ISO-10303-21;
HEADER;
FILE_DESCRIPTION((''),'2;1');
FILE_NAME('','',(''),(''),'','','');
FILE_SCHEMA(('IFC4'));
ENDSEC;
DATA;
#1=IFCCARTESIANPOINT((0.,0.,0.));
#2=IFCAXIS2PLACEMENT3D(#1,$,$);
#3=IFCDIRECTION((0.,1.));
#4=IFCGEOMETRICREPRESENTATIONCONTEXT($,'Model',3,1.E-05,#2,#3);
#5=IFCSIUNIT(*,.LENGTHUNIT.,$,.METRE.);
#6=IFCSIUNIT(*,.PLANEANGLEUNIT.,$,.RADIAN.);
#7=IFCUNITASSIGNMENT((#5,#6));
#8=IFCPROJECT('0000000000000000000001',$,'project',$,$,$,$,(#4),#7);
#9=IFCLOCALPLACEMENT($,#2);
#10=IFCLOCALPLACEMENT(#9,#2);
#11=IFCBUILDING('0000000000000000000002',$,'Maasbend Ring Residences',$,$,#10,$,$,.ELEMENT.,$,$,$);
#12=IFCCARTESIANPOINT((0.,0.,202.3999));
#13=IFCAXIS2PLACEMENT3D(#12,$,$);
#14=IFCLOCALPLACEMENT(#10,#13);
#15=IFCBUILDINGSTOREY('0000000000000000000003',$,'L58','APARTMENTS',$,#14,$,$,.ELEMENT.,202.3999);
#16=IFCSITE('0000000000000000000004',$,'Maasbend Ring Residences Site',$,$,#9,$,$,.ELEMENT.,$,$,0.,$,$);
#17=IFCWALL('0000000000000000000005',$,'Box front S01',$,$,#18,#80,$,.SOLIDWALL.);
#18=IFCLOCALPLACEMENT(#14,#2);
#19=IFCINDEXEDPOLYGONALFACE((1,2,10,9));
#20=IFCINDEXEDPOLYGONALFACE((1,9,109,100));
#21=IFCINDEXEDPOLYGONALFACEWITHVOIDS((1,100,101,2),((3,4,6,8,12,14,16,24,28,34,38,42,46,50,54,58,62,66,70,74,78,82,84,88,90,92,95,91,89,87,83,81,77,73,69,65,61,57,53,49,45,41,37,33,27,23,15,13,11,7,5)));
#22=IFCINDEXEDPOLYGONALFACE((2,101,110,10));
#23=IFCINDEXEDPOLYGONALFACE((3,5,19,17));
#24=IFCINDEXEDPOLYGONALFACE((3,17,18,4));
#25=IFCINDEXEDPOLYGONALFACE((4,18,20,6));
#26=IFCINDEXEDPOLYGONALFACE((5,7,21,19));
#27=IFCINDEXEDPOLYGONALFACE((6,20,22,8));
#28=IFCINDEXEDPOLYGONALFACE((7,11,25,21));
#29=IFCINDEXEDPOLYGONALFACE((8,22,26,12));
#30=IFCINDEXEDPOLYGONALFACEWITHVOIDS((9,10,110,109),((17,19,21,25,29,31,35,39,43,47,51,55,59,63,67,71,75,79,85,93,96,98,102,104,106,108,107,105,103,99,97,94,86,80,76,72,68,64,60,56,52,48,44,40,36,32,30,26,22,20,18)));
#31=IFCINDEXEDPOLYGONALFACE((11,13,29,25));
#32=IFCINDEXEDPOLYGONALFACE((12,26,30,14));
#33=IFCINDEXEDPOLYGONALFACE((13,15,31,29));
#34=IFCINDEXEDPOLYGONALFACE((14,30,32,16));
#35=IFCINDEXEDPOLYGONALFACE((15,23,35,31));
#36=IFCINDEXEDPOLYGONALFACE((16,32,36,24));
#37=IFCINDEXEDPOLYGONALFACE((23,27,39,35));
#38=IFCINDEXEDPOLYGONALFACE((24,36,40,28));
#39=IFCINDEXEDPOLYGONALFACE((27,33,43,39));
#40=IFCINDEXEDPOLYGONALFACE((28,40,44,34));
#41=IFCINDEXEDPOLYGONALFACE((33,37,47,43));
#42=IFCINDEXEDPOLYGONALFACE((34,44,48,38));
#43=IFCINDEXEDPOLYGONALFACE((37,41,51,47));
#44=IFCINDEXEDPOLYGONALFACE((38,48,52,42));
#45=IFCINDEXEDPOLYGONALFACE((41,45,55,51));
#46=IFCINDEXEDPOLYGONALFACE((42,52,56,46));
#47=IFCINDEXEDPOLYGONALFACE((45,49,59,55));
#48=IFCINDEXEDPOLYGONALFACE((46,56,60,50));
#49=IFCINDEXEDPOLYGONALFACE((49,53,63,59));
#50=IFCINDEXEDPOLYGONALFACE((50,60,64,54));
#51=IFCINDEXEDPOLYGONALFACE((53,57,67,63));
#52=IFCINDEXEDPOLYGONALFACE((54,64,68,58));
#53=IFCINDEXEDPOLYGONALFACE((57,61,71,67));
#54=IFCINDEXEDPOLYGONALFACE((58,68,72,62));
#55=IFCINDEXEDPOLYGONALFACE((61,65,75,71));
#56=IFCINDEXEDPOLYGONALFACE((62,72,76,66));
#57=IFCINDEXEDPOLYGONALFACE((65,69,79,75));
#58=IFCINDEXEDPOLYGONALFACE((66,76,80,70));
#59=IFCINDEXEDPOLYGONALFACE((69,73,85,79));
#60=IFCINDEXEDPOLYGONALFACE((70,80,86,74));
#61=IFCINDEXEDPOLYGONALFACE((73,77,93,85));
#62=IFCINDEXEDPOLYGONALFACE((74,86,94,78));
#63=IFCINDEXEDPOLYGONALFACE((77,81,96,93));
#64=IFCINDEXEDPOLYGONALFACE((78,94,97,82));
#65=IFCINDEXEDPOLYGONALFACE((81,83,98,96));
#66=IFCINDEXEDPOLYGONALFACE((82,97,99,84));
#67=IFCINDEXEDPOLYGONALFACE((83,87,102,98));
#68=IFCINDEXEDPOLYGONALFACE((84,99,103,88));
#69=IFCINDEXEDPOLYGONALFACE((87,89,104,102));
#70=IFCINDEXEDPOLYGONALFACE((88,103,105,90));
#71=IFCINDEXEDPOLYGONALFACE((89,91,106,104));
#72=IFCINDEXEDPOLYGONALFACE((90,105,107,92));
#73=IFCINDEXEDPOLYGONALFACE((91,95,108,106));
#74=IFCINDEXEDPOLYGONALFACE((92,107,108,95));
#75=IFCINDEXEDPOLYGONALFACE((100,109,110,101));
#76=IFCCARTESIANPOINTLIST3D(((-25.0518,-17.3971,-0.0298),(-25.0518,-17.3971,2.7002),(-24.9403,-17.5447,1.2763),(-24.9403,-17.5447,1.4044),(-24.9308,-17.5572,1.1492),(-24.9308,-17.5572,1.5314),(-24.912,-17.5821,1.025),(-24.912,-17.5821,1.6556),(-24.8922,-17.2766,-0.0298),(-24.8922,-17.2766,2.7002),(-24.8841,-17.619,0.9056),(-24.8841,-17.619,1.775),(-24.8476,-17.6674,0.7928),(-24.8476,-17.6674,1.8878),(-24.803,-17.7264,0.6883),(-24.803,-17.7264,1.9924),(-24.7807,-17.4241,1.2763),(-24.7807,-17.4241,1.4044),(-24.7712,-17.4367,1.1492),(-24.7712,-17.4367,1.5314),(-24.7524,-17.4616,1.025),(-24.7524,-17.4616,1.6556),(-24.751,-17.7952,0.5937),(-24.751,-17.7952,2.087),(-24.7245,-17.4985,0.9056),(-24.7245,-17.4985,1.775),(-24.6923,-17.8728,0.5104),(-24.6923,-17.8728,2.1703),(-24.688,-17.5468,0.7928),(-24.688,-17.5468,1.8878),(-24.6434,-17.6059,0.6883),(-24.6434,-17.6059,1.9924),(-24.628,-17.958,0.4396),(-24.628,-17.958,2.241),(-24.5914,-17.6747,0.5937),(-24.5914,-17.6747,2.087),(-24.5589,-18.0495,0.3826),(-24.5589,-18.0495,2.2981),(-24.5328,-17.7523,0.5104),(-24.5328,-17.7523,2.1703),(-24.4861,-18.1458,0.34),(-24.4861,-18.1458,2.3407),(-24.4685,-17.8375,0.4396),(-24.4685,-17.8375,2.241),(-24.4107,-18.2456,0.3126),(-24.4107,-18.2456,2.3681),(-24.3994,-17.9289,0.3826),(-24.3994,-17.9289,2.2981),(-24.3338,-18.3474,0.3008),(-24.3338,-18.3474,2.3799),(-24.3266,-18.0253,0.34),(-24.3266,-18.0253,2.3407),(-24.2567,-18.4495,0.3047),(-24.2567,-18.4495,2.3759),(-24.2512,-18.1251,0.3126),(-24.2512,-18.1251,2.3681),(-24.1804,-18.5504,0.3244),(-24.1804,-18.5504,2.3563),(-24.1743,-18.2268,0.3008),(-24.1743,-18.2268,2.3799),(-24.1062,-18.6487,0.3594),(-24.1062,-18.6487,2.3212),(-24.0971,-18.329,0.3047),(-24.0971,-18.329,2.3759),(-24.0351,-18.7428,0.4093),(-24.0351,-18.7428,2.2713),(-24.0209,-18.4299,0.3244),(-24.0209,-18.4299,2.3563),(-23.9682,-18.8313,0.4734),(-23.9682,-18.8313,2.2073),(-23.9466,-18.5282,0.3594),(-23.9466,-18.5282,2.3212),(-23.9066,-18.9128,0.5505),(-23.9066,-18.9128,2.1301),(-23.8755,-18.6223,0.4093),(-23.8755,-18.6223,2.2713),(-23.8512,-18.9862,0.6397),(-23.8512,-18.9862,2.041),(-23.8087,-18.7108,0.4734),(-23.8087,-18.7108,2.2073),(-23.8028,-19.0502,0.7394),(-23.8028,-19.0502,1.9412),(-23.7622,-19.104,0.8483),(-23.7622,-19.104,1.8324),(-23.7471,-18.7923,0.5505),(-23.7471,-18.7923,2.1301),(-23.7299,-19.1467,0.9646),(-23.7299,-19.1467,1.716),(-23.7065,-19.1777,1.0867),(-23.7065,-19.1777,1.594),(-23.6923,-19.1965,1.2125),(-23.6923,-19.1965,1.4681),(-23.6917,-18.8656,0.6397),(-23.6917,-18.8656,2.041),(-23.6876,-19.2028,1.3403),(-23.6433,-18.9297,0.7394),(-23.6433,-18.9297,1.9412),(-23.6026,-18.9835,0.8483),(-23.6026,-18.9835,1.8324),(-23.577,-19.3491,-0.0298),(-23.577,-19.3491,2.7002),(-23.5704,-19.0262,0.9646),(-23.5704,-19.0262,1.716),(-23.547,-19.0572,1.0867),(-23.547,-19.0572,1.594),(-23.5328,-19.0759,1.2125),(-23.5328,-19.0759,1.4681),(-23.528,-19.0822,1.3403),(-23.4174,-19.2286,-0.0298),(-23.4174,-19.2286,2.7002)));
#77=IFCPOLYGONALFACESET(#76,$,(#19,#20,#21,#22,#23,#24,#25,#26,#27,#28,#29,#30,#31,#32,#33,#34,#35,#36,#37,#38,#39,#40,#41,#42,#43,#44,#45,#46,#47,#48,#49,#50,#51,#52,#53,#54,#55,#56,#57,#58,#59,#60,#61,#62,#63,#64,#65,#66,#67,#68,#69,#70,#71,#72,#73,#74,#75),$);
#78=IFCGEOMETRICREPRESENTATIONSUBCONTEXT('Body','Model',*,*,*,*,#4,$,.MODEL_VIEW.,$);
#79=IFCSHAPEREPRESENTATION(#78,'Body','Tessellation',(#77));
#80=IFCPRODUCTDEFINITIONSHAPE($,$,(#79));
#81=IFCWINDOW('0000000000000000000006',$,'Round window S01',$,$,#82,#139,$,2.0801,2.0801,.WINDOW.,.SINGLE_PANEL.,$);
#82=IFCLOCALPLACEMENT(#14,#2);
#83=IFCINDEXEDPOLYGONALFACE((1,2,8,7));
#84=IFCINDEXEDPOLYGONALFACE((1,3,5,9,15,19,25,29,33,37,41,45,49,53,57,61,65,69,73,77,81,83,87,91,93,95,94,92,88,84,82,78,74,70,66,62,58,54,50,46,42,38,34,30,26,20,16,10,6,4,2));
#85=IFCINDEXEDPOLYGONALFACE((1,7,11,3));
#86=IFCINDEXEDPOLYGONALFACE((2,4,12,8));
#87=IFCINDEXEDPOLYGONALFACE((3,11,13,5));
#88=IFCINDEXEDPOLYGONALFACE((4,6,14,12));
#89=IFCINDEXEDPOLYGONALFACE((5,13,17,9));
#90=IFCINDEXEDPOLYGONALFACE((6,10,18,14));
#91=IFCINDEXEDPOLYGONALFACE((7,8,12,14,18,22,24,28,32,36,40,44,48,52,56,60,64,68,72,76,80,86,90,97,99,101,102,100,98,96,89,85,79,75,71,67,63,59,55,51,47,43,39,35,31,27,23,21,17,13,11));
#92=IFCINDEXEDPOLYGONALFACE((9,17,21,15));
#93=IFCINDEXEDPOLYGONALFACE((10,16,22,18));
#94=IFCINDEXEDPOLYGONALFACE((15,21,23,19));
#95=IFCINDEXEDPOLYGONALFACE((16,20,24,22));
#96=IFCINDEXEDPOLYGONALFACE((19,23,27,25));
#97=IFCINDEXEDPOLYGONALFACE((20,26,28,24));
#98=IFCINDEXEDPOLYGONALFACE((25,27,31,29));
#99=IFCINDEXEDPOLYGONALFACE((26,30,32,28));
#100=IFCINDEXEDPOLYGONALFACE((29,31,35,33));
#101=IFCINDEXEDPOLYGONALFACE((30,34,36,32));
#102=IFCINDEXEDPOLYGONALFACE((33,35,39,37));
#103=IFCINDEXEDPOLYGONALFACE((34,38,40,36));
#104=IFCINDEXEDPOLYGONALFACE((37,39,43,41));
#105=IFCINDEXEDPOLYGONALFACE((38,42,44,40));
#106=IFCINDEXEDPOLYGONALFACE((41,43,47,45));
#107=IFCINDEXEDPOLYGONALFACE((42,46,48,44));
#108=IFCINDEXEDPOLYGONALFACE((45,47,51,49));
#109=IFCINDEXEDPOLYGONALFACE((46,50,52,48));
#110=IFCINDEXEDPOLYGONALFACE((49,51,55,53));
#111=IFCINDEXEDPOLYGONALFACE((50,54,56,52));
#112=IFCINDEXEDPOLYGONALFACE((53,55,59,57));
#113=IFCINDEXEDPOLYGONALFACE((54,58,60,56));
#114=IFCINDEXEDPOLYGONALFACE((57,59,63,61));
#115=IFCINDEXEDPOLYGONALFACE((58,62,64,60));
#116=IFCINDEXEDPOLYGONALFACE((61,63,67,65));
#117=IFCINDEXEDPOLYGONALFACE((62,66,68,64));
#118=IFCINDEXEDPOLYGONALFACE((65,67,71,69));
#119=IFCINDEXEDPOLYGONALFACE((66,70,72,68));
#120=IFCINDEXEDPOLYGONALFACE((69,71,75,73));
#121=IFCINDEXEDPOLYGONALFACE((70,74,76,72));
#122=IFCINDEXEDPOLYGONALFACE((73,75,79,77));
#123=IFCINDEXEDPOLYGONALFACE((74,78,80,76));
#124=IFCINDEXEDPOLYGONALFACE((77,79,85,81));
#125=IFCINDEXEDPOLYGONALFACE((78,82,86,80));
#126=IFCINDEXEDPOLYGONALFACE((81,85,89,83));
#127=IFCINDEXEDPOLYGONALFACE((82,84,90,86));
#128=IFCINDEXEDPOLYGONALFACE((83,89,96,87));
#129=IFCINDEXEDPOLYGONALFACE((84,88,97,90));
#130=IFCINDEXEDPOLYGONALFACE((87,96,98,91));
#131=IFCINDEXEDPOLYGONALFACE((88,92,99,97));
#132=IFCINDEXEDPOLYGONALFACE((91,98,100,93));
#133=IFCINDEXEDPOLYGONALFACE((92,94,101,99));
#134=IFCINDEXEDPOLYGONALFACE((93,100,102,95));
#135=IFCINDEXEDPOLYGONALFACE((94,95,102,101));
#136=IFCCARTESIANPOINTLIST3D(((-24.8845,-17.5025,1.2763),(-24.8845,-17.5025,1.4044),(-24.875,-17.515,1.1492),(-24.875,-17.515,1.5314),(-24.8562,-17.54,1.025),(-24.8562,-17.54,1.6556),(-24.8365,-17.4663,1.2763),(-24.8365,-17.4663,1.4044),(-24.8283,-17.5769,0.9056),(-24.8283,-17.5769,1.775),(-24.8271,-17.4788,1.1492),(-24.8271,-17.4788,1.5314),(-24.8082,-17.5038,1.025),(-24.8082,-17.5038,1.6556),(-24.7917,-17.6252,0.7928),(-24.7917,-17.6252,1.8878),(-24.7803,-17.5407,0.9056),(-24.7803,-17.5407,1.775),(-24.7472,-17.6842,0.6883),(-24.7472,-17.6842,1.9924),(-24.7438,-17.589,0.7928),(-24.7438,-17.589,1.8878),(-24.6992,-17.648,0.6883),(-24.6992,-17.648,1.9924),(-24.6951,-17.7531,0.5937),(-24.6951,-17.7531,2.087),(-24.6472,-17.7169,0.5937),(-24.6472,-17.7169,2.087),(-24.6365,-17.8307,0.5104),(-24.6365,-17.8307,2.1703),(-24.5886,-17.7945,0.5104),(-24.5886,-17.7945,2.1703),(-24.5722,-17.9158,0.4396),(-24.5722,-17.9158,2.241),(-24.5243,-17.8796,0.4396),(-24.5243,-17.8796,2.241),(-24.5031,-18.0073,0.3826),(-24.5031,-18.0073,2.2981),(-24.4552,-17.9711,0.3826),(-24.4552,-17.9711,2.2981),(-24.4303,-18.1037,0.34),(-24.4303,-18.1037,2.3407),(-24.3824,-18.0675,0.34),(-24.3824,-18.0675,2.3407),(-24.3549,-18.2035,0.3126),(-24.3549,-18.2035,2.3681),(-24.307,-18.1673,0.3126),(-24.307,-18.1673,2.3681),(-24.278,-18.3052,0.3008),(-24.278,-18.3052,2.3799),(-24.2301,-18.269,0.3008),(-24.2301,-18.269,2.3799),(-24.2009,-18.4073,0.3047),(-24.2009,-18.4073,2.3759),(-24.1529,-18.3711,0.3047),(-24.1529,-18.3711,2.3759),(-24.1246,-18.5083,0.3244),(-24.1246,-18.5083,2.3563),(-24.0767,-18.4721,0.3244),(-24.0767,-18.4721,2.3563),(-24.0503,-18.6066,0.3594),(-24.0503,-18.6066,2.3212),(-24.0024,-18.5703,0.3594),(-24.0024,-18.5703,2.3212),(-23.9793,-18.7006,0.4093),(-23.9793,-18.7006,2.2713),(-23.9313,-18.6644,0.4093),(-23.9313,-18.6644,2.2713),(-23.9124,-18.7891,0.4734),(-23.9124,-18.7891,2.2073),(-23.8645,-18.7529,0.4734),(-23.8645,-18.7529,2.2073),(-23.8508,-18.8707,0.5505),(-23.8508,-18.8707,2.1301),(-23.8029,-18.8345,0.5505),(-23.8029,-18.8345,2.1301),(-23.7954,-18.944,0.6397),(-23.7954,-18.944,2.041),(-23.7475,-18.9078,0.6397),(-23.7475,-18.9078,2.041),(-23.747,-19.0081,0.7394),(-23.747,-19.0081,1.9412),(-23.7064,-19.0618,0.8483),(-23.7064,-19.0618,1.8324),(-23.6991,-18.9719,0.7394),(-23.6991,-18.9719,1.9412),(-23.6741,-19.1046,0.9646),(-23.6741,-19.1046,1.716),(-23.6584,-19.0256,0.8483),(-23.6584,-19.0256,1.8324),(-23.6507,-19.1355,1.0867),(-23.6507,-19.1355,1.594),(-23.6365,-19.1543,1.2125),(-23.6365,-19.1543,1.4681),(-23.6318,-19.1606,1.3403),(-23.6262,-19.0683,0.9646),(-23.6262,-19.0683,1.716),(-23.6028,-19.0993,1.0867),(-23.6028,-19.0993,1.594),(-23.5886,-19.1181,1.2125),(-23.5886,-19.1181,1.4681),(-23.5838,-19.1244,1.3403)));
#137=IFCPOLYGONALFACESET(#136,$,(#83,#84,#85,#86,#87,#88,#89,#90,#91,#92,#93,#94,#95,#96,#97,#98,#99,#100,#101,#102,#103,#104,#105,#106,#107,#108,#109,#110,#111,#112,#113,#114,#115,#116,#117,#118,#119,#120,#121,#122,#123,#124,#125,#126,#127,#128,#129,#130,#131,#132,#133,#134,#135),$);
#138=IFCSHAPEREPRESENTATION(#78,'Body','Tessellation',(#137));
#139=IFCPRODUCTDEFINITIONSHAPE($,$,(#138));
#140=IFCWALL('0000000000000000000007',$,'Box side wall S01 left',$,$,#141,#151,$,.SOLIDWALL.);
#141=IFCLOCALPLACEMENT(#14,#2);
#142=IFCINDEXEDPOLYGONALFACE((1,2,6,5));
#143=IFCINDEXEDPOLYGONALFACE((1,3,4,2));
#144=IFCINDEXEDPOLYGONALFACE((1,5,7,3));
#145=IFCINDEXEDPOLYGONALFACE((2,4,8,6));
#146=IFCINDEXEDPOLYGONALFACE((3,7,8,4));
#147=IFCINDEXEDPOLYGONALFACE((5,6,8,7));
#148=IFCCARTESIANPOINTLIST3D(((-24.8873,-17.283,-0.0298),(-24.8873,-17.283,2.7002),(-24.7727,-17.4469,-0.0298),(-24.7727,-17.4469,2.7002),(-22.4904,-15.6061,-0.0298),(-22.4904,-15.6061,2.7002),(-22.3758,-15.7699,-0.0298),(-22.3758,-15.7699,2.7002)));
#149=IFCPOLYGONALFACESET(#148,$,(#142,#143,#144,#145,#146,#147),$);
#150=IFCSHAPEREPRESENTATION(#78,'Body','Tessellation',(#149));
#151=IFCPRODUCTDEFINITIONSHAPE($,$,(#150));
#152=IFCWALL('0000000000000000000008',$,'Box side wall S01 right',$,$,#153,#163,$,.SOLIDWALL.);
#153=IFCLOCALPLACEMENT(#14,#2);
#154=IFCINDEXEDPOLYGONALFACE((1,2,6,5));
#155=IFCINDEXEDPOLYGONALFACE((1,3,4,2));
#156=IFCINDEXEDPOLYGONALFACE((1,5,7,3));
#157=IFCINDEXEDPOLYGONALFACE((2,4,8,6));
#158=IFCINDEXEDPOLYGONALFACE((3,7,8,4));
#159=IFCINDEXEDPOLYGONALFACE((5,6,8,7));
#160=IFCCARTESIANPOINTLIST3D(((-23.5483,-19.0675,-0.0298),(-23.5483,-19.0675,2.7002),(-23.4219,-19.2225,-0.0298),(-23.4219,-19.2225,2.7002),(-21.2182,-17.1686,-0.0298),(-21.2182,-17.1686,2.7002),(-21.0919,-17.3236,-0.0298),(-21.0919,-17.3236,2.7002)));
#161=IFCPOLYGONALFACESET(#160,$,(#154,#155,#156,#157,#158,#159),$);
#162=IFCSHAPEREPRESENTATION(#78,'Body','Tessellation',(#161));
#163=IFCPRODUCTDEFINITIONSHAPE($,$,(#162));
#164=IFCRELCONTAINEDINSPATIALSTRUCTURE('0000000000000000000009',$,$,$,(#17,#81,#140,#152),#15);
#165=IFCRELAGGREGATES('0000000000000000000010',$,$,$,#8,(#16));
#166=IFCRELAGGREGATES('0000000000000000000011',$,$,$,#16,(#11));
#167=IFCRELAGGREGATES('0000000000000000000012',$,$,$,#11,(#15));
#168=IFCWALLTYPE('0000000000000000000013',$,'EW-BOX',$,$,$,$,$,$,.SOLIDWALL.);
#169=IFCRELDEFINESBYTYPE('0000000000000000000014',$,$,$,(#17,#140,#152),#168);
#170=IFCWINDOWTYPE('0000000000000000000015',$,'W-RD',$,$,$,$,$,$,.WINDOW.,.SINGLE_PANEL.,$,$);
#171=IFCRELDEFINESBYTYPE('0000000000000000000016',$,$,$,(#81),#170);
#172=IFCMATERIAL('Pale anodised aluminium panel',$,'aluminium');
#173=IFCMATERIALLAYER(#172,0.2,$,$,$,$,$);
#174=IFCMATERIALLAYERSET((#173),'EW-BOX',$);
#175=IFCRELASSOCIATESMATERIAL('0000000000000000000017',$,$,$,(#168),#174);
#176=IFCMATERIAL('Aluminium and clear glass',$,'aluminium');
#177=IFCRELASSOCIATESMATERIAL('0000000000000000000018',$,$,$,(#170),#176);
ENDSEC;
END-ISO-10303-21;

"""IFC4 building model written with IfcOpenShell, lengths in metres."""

from ifc_helpers import new_model, si_unit, direction, frame, frame_2d, origin, place, context, subcontext, project, spatial, rectangle, circle, extrude, material, layer, layer_set, type_object, element, fill, save


model = new_model("IFC4")

# Units and contexts
model_context = context("Model", 3, precision=1e-05, world=origin(), true_north=direction((0.0, 1.0)))
body_context = subcontext(model_context, "Body", "Model", "MODEL_VIEW")
ifc_project = project(units=[si_unit("LENGTHUNIT", "METRE"), si_unit("PLANEANGLEUNIT", "RADIAN")], contexts=[model_context])

# Site, building, storey
site_placement = place(None, origin())
site = spatial("IfcSite", under=ifc_project, at=site_placement, Name="Maasbend Ring Residences Site", CompositionType="ELEMENT", RefElevation=0.0)
building_placement = place(site_placement, origin())
building = spatial("IfcBuilding", under=site, at=building_placement, Name="Maasbend Ring Residences", CompositionType="ELEMENT")
storey_placement = place(building_placement, frame((0.0, 0.0, 202.3999)))
storey = spatial("IfcBuildingStorey", under=building, at=storey_placement, Name="L58", Description="APARTMENTS", CompositionType="ELEMENT", Elevation=202.3999)

# Wall, opening, window
ifc_material_1 = material(Name="Pale anodised aluminium panel", Category="aluminium")
ifc_layer_1 = layer(ifc_material_1, 0.2)
ifc_layer_set_1 = layer_set([ifc_layer_1], Name="EW-BOX")
wall_type_1 = type_object("IfcWallType", Name="EW-BOX", PredefinedType="SOLIDWALL", material=ifc_layer_set_1)
wall_1_placement = place(storey_placement, frame((-24.9719, -17.3369, -0.0298), z_axis=(0.0, 0.0, 1.0), x_axis=(0.602806, -0.797888, 0.0)))
wall_1 = element("IfcWall", 1, at=wall_1_placement, inside=storey, type_object=wall_type_1, Name="Box front S01", PredefinedType="SOLIDWALL", context=body_context, shape_type="SweptSolid", body=[
    extrude(rectangle(XDim=2.4465, YDim=0.2, at=frame_2d((1.2231, 0.0))), origin(), (0.0, 0.0, 1.0), 2.73),
])
opening_1_placement = place(wall_1_placement, frame((0.1829, 0.0, 0.3301)))
opening_1 = element("IfcOpeningElement", 2, at=opening_1_placement, cuts=wall_1, PredefinedType="OPENING", context=body_context, shape_type="SweptSolid", body=[
    extrude(circle(Radius=1.04, at=frame_2d((1.04, 1.04))), frame((0.0, 0.1099, 0.0), z_axis=(0.0, -1.0, 0.0), x_axis=(1.0, 0.0, 0.0)), (0.0, 0.0, 1.0), 0.22),
])
ifc_material_2 = material(Name="Aluminium and clear glass", Category="aluminium")
window_type_1 = type_object("IfcWindowType", Name="W-RD", PartitioningType="SINGLE_PANEL", PredefinedType="WINDOW", material=ifc_material_2)
window_1_placement = place(opening_1_placement, origin())
window_1 = element("IfcWindow", 3, at=window_1_placement, inside=storey, type_object=window_type_1, Name="Round window S01", OverallHeight=2.0801, OverallWidth=2.0801, PartitioningType="SINGLE_PANEL", PredefinedType="WINDOW", context=body_context, shape_type="SweptSolid", body=[
    extrude(circle(Radius=1.04, at=frame_2d((1.04, 1.04))), frame((0.0, 0.03, 0.0), z_axis=(0.0, -1.0, 0.0), x_axis=(1.0, 0.0, 0.0)), (0.0, 0.0, 1.0), 0.0601),
])
fill(opening_1, window_1)

# Walls
wall_2_placement = place(storey_placement, frame((-22.4331, -15.688, -0.0298), z_axis=(0.0, 0.0, 1.0), x_axis=(-0.819373, -0.573261, 0.0)))
element("IfcWall", 4, at=wall_2_placement, inside=storey, type_object=wall_type_1, Name="Box side wall S01 left", PredefinedType="SOLIDWALL", context=body_context, shape_type="SweptSolid", body=[
    extrude(rectangle(XDim=2.9253, YDim=0.2, at=frame_2d((1.4626, 0.0))), origin(), (0.0, 0.0, 1.0), 2.73),
])
wall_3_placement = place(storey_placement, frame((-21.155, -17.2461, -0.0298), z_axis=(0.0, 0.0, 1.0), x_axis=(-0.775179, -0.631742, 0.0)))
element("IfcWall", 5, at=wall_3_placement, inside=storey, type_object=wall_type_1, Name="Box side wall S01 right", PredefinedType="SOLIDWALL", context=body_context, shape_type="SweptSolid", body=[
    extrude(rectangle(XDim=3.0059, YDim=0.2, at=frame_2d((1.5029, 0.0))), origin(), (0.0, 0.0, 1.0), 2.73),
])

save(model, "model.ifc")
